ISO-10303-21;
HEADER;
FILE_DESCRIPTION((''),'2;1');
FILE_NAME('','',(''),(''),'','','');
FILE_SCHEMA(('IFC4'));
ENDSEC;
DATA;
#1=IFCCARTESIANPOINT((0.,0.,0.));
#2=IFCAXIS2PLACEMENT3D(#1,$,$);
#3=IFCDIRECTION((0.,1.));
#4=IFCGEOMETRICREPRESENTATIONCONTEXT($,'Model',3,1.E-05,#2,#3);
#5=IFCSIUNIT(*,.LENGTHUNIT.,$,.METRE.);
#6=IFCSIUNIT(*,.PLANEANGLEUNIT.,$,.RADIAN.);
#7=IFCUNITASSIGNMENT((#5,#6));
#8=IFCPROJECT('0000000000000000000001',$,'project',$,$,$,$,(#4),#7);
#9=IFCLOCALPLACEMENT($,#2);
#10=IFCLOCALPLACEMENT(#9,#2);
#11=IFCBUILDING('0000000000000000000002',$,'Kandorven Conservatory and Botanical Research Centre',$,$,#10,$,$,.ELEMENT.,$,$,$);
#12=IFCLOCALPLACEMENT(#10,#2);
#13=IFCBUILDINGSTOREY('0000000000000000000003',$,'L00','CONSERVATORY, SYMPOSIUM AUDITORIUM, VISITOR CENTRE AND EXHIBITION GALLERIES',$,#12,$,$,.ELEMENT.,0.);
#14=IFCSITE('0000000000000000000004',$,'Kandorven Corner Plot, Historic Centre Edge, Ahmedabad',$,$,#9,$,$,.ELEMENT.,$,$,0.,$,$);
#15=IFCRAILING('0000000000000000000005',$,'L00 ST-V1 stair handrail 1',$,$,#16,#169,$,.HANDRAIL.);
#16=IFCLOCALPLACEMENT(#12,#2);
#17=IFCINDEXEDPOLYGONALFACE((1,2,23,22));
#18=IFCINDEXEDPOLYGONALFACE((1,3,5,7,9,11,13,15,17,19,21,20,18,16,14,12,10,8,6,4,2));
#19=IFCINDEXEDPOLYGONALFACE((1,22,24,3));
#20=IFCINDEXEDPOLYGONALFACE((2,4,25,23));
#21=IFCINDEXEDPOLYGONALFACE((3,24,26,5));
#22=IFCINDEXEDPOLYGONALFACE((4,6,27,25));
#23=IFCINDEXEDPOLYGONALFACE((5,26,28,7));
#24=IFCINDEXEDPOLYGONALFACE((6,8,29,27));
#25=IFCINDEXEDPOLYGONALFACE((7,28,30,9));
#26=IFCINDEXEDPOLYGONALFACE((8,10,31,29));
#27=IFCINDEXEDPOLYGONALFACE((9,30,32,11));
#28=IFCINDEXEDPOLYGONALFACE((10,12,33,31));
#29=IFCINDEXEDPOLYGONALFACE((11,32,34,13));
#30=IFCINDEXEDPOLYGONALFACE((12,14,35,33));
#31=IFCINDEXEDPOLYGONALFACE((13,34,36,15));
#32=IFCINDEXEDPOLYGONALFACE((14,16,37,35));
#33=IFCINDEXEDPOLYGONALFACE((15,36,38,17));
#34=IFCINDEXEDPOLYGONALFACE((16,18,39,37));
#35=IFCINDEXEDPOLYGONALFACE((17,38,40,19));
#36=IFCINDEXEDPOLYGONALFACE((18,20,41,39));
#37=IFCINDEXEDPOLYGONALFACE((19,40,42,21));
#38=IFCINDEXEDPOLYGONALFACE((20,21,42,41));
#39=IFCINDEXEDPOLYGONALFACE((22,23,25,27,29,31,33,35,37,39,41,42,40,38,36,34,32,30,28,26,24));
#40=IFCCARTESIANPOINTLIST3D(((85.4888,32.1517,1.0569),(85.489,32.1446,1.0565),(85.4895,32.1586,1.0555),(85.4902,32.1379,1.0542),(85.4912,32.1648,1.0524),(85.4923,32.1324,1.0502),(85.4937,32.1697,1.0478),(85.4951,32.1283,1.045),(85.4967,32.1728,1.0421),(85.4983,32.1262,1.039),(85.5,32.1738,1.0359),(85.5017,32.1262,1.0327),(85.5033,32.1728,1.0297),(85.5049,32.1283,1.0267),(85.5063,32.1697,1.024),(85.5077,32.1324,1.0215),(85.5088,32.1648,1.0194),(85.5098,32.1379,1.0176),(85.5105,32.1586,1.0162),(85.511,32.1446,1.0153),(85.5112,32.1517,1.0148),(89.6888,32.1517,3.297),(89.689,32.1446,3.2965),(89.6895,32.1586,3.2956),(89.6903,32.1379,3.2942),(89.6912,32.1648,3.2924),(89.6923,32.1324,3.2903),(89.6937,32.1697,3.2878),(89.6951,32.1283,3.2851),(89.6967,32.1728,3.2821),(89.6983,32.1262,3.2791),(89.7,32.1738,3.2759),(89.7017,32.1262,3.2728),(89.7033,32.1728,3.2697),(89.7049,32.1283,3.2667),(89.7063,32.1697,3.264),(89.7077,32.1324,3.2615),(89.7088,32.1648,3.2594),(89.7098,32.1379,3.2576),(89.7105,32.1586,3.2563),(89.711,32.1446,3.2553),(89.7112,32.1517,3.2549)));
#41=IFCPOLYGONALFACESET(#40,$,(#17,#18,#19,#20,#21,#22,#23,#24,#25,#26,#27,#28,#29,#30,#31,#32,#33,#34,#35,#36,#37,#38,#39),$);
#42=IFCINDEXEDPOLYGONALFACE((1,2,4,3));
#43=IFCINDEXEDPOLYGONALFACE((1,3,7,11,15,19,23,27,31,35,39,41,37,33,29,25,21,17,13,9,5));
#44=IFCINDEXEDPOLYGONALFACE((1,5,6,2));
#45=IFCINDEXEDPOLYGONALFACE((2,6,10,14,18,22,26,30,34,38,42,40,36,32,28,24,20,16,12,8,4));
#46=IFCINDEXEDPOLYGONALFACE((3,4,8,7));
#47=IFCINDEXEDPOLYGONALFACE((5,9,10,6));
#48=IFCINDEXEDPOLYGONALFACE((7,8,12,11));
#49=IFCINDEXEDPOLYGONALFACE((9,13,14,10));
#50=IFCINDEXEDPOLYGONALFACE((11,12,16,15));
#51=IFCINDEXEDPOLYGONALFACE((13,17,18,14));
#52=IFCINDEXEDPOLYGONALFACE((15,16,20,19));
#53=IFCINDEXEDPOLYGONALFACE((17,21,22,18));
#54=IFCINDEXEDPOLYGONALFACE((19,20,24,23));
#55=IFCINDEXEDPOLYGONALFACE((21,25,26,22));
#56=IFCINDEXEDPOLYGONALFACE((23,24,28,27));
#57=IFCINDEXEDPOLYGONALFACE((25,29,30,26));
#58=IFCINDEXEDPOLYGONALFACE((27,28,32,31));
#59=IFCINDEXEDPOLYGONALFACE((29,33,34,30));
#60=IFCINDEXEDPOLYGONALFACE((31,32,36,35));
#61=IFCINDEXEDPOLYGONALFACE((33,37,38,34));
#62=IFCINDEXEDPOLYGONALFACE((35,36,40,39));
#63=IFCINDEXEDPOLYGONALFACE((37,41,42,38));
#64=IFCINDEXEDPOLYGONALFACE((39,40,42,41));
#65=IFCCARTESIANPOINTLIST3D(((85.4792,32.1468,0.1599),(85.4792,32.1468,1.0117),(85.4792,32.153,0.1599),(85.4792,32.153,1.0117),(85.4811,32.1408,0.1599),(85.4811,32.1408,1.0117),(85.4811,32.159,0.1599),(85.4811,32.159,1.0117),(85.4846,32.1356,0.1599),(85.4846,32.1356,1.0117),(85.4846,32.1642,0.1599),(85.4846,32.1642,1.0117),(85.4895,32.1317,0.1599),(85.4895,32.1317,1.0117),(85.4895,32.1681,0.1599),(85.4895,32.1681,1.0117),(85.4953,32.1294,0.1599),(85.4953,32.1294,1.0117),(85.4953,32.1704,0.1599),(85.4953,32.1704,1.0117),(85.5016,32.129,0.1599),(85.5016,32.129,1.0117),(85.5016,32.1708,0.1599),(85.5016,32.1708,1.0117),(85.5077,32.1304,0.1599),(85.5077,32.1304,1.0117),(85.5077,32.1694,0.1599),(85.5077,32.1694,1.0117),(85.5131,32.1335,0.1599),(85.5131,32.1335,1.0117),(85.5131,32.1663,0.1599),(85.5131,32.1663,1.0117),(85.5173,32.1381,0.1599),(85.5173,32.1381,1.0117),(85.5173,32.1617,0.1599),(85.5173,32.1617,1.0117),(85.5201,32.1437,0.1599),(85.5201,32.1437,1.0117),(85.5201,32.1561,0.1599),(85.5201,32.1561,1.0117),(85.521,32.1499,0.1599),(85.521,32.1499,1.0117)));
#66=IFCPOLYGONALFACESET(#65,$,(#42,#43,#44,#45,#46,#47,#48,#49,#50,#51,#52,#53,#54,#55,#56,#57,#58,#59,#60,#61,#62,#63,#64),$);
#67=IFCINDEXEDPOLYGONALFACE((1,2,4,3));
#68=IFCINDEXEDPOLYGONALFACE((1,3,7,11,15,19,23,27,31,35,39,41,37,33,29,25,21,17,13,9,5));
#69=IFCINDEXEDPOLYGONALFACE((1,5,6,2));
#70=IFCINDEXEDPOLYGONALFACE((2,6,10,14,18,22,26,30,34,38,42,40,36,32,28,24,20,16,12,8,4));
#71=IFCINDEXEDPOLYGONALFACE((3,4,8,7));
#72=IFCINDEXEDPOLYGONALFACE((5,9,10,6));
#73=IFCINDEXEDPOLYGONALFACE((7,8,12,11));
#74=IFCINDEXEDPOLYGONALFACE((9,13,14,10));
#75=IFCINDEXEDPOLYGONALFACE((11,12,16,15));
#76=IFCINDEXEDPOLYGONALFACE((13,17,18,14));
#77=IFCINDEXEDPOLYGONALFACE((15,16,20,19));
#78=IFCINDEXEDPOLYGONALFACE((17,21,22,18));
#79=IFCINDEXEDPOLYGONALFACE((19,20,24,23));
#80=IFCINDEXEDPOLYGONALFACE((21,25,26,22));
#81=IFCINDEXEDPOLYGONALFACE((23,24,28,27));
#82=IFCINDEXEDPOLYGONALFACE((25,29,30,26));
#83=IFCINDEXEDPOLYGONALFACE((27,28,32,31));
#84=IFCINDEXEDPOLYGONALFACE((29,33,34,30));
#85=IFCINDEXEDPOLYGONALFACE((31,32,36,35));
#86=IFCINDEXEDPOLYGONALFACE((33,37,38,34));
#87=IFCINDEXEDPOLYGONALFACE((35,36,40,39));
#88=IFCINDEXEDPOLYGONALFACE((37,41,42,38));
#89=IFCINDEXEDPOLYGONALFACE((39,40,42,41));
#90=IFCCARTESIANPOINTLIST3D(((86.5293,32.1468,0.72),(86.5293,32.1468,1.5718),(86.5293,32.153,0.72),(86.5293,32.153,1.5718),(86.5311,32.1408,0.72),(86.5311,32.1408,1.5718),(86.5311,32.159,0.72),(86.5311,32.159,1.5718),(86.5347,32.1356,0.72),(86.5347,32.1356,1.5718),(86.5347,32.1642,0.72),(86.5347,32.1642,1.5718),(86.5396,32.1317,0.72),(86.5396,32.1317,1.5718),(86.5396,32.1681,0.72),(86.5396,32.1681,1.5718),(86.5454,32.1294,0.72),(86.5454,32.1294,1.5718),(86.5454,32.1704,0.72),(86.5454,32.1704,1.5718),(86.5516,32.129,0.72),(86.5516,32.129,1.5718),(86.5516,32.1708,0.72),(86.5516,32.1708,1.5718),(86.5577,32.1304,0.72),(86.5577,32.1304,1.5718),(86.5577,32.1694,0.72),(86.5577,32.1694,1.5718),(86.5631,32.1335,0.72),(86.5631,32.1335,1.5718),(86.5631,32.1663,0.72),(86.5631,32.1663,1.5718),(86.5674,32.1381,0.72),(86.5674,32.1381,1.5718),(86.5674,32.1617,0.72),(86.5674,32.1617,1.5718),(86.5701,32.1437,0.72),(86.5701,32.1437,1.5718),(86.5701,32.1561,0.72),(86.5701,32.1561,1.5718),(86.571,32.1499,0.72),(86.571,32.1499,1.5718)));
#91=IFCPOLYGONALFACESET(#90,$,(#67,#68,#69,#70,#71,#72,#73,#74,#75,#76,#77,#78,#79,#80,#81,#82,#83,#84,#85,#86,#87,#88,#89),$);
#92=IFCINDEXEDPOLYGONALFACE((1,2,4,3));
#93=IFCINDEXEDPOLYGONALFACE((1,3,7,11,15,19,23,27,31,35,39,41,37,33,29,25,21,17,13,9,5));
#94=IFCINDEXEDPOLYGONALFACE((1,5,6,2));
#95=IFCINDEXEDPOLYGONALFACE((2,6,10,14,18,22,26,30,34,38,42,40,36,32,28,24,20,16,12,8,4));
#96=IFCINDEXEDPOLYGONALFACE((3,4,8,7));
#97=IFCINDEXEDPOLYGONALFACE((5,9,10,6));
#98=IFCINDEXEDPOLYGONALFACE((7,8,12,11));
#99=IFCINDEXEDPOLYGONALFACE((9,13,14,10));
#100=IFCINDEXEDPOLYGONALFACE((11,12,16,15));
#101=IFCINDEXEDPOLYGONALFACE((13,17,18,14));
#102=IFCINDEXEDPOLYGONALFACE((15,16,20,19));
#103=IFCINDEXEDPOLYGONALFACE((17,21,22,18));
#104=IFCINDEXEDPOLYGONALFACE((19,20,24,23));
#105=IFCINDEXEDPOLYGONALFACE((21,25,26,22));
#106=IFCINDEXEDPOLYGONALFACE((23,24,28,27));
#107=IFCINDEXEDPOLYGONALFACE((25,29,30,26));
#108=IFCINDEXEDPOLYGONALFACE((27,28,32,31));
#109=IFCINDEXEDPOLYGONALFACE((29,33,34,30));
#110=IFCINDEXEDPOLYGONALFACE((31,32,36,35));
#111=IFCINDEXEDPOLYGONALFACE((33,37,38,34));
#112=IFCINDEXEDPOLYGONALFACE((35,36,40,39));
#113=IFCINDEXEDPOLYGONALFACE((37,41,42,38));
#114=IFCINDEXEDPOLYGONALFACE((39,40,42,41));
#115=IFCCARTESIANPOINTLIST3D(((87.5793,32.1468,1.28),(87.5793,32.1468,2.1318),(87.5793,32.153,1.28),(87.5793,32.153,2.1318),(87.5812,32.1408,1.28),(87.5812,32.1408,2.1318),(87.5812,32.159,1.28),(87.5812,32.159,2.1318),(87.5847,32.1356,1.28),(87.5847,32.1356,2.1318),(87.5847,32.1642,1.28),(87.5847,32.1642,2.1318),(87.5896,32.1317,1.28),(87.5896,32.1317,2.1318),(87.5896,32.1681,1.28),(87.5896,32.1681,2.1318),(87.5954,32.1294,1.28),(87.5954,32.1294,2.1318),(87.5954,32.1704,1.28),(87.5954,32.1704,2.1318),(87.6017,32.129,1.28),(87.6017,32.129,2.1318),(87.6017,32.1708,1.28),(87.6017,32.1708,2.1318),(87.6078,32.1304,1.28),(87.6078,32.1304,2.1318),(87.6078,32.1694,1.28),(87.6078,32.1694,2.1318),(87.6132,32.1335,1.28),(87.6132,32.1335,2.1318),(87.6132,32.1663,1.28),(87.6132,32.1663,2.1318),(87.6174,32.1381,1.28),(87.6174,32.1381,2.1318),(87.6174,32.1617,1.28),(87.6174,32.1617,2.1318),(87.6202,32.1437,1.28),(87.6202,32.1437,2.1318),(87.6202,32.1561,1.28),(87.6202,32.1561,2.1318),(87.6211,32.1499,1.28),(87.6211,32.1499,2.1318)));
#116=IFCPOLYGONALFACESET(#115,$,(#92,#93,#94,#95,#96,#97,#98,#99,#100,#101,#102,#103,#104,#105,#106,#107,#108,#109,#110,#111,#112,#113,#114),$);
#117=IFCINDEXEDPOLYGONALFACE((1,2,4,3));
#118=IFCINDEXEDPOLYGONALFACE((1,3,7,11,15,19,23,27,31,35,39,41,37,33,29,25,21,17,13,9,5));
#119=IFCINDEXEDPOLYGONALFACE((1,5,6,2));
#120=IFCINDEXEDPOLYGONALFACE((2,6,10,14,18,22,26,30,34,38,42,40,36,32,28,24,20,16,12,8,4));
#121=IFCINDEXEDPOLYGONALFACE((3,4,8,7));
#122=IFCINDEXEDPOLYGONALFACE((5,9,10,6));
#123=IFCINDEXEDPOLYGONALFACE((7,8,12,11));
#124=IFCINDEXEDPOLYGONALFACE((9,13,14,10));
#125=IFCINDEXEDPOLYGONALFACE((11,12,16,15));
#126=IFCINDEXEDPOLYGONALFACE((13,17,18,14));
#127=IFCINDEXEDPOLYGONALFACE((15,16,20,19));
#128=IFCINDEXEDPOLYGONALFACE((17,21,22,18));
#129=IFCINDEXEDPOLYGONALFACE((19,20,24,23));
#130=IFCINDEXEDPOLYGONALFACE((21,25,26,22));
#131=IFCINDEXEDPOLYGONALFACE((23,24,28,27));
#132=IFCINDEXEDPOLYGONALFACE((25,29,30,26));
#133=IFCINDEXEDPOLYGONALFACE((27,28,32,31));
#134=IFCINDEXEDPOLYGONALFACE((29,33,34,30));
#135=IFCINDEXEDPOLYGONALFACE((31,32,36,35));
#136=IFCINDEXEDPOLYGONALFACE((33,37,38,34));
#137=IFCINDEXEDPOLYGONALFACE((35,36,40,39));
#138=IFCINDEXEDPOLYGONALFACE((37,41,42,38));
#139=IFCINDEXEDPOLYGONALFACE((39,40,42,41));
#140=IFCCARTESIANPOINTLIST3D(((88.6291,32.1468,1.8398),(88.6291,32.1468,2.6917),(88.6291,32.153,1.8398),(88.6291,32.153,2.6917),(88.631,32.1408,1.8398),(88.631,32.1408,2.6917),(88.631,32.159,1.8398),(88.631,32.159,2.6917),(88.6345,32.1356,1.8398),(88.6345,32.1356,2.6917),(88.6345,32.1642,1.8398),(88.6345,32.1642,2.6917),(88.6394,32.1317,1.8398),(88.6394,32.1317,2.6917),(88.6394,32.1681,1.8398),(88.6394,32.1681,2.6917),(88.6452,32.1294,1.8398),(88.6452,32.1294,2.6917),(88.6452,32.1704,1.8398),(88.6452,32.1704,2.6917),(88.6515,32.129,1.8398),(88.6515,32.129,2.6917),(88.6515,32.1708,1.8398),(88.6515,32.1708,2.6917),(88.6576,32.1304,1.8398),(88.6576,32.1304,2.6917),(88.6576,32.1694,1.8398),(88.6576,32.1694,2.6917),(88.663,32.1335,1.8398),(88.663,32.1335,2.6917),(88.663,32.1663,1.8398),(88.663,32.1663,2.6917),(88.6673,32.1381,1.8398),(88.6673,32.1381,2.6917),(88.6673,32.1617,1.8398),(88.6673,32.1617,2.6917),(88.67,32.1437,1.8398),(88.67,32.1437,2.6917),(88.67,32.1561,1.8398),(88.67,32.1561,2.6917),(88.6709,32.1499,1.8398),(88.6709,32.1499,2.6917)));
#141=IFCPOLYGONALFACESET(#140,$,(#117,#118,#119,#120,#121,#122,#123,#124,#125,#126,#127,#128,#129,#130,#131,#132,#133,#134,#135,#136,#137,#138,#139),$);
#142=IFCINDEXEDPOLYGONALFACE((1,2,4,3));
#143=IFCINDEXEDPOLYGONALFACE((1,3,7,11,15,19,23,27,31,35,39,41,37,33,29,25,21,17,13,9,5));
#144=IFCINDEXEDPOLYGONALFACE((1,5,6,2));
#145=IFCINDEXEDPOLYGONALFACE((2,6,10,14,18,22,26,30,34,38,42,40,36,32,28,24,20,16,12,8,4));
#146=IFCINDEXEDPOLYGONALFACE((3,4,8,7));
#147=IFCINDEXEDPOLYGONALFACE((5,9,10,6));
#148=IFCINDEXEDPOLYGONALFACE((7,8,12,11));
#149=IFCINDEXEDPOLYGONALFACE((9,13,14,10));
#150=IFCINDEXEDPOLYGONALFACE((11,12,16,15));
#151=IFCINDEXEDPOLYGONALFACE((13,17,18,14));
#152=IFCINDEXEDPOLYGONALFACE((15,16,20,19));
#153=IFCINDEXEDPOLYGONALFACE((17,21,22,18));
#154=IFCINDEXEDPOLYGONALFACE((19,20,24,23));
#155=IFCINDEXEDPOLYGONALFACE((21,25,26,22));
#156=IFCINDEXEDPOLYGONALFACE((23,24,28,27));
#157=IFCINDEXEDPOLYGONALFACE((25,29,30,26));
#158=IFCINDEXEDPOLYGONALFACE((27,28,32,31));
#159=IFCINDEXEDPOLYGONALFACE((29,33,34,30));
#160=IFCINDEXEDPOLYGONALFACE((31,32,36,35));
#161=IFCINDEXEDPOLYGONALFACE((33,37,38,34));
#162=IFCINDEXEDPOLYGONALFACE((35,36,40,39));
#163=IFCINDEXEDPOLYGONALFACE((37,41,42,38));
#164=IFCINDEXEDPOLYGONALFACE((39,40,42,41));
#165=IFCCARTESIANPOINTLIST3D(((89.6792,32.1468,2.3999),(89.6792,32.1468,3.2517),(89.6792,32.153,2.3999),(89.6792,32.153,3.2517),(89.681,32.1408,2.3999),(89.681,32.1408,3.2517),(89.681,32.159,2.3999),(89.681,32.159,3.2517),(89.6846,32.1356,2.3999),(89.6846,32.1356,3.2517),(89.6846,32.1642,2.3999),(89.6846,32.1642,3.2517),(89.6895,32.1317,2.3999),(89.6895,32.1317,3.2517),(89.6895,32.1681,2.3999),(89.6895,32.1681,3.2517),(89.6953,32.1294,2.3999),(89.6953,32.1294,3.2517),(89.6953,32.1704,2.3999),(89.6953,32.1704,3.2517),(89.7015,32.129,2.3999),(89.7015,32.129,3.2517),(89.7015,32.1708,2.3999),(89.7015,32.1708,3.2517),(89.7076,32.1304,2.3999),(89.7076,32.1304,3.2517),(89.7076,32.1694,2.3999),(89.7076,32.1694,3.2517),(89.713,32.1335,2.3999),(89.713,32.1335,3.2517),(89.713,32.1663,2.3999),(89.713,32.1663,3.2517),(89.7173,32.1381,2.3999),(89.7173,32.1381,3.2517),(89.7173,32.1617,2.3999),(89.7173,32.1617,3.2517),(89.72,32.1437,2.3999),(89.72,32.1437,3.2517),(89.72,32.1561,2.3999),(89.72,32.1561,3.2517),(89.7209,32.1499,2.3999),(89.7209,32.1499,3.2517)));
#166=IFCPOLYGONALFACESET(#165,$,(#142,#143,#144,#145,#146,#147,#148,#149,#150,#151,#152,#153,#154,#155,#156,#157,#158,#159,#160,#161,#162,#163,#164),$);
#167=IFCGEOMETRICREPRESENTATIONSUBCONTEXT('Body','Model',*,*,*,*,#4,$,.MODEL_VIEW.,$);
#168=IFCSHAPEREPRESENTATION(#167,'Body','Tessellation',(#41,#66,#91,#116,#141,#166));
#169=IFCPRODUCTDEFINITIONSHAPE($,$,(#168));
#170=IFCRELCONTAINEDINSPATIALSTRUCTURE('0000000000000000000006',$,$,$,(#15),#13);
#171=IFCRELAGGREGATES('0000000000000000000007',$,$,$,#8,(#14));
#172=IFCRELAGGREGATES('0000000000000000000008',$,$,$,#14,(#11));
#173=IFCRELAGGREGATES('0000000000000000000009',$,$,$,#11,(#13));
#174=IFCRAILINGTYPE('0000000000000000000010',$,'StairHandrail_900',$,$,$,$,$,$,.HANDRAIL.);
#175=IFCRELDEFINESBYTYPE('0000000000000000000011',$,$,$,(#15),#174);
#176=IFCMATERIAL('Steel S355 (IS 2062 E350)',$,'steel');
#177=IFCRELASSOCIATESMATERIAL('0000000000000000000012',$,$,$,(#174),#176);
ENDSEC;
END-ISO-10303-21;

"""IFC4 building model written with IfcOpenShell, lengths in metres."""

from ifc_helpers import new_model, si_unit, direction, frame, origin, origin_2d, place, context, subcontext, project, spatial, circle, extrude, material, type_object, element, save


model = new_model("IFC4")

# Units and contexts
model_context = context("Model", 3, precision=1e-05, world=origin(), true_north=direction((0.0, 1.0)))
body_context = subcontext(model_context, "Body", "Model", "MODEL_VIEW")
ifc_project = project(units=[si_unit("LENGTHUNIT", "METRE"), si_unit("PLANEANGLEUNIT", "RADIAN")], contexts=[model_context])

# Site, building, storey
site_placement = place(None, origin())
site = spatial("IfcSite", under=ifc_project, at=site_placement, Name="Kandorven Corner Plot, Historic Centre Edge, Ahmedabad", CompositionType="ELEMENT", RefElevation=0.0)
building_placement = place(site_placement, origin())
building = spatial("IfcBuilding", under=site, at=building_placement, Name="Kandorven Conservatory and Botanical Research Centre", CompositionType="ELEMENT")
storey_placement = place(building_placement, origin())
storey = spatial("IfcBuildingStorey", under=building, at=storey_placement, Name="L00", Description="CONSERVATORY, SYMPOSIUM AUDITORIUM, VISITOR CENTRE AND EXHIBITION GALLERIES", CompositionType="ELEMENT", Elevation=0.0)

# Railing
ifc_material_1 = material(Name="Steel S355 (IS 2062 E350)", Category="steel")
railing_type_1 = type_object("IfcRailingType", Name="StairHandrail_900", PredefinedType="HANDRAIL", material=ifc_material_1)
railing_1_placement = place(storey_placement, frame((85.5, 32.1499, 0.1599)))
element("IfcRailing", 1, at=railing_1_placement, inside=storey, type_object=railing_type_1, Name="L00 ST-V1 stair handrail 1", PredefinedType="HANDRAIL", context=body_context, shape_type="SweptSolid", body=[
    extrude(circle(Radius=0.0239, at=origin_2d()), frame((0.0, 0.0, 0.876), z_axis=(0.882352, 0.0, 0.470591), x_axis=(0.0, 1.0, 0.0)), (0.0, 0.0, 1.0), 4.76),
    extrude(circle(Radius=0.021, at=origin_2d()), origin(), (0.0, 0.0, 1.0), 0.8518),
    extrude(circle(Radius=0.021, at=origin_2d()), frame((1.05, 0.0, 0.5601)), (0.0, 0.0, 1.0), 0.8518),
    extrude(circle(Radius=0.021, at=origin_2d()), frame((2.1001, 0.0, 1.1201)), (0.0, 0.0, 1.0), 0.8518),
    extrude(circle(Radius=0.021, at=origin_2d()), frame((3.1499, 0.0, 1.6799)), (0.0, 0.0, 1.0), 0.8518),
    extrude(circle(Radius=0.021, at=origin_2d()), frame((4.2, 0.0, 2.24)), (0.0, 0.0, 1.0), 0.8518),
])

save(model, "model.ifc")
